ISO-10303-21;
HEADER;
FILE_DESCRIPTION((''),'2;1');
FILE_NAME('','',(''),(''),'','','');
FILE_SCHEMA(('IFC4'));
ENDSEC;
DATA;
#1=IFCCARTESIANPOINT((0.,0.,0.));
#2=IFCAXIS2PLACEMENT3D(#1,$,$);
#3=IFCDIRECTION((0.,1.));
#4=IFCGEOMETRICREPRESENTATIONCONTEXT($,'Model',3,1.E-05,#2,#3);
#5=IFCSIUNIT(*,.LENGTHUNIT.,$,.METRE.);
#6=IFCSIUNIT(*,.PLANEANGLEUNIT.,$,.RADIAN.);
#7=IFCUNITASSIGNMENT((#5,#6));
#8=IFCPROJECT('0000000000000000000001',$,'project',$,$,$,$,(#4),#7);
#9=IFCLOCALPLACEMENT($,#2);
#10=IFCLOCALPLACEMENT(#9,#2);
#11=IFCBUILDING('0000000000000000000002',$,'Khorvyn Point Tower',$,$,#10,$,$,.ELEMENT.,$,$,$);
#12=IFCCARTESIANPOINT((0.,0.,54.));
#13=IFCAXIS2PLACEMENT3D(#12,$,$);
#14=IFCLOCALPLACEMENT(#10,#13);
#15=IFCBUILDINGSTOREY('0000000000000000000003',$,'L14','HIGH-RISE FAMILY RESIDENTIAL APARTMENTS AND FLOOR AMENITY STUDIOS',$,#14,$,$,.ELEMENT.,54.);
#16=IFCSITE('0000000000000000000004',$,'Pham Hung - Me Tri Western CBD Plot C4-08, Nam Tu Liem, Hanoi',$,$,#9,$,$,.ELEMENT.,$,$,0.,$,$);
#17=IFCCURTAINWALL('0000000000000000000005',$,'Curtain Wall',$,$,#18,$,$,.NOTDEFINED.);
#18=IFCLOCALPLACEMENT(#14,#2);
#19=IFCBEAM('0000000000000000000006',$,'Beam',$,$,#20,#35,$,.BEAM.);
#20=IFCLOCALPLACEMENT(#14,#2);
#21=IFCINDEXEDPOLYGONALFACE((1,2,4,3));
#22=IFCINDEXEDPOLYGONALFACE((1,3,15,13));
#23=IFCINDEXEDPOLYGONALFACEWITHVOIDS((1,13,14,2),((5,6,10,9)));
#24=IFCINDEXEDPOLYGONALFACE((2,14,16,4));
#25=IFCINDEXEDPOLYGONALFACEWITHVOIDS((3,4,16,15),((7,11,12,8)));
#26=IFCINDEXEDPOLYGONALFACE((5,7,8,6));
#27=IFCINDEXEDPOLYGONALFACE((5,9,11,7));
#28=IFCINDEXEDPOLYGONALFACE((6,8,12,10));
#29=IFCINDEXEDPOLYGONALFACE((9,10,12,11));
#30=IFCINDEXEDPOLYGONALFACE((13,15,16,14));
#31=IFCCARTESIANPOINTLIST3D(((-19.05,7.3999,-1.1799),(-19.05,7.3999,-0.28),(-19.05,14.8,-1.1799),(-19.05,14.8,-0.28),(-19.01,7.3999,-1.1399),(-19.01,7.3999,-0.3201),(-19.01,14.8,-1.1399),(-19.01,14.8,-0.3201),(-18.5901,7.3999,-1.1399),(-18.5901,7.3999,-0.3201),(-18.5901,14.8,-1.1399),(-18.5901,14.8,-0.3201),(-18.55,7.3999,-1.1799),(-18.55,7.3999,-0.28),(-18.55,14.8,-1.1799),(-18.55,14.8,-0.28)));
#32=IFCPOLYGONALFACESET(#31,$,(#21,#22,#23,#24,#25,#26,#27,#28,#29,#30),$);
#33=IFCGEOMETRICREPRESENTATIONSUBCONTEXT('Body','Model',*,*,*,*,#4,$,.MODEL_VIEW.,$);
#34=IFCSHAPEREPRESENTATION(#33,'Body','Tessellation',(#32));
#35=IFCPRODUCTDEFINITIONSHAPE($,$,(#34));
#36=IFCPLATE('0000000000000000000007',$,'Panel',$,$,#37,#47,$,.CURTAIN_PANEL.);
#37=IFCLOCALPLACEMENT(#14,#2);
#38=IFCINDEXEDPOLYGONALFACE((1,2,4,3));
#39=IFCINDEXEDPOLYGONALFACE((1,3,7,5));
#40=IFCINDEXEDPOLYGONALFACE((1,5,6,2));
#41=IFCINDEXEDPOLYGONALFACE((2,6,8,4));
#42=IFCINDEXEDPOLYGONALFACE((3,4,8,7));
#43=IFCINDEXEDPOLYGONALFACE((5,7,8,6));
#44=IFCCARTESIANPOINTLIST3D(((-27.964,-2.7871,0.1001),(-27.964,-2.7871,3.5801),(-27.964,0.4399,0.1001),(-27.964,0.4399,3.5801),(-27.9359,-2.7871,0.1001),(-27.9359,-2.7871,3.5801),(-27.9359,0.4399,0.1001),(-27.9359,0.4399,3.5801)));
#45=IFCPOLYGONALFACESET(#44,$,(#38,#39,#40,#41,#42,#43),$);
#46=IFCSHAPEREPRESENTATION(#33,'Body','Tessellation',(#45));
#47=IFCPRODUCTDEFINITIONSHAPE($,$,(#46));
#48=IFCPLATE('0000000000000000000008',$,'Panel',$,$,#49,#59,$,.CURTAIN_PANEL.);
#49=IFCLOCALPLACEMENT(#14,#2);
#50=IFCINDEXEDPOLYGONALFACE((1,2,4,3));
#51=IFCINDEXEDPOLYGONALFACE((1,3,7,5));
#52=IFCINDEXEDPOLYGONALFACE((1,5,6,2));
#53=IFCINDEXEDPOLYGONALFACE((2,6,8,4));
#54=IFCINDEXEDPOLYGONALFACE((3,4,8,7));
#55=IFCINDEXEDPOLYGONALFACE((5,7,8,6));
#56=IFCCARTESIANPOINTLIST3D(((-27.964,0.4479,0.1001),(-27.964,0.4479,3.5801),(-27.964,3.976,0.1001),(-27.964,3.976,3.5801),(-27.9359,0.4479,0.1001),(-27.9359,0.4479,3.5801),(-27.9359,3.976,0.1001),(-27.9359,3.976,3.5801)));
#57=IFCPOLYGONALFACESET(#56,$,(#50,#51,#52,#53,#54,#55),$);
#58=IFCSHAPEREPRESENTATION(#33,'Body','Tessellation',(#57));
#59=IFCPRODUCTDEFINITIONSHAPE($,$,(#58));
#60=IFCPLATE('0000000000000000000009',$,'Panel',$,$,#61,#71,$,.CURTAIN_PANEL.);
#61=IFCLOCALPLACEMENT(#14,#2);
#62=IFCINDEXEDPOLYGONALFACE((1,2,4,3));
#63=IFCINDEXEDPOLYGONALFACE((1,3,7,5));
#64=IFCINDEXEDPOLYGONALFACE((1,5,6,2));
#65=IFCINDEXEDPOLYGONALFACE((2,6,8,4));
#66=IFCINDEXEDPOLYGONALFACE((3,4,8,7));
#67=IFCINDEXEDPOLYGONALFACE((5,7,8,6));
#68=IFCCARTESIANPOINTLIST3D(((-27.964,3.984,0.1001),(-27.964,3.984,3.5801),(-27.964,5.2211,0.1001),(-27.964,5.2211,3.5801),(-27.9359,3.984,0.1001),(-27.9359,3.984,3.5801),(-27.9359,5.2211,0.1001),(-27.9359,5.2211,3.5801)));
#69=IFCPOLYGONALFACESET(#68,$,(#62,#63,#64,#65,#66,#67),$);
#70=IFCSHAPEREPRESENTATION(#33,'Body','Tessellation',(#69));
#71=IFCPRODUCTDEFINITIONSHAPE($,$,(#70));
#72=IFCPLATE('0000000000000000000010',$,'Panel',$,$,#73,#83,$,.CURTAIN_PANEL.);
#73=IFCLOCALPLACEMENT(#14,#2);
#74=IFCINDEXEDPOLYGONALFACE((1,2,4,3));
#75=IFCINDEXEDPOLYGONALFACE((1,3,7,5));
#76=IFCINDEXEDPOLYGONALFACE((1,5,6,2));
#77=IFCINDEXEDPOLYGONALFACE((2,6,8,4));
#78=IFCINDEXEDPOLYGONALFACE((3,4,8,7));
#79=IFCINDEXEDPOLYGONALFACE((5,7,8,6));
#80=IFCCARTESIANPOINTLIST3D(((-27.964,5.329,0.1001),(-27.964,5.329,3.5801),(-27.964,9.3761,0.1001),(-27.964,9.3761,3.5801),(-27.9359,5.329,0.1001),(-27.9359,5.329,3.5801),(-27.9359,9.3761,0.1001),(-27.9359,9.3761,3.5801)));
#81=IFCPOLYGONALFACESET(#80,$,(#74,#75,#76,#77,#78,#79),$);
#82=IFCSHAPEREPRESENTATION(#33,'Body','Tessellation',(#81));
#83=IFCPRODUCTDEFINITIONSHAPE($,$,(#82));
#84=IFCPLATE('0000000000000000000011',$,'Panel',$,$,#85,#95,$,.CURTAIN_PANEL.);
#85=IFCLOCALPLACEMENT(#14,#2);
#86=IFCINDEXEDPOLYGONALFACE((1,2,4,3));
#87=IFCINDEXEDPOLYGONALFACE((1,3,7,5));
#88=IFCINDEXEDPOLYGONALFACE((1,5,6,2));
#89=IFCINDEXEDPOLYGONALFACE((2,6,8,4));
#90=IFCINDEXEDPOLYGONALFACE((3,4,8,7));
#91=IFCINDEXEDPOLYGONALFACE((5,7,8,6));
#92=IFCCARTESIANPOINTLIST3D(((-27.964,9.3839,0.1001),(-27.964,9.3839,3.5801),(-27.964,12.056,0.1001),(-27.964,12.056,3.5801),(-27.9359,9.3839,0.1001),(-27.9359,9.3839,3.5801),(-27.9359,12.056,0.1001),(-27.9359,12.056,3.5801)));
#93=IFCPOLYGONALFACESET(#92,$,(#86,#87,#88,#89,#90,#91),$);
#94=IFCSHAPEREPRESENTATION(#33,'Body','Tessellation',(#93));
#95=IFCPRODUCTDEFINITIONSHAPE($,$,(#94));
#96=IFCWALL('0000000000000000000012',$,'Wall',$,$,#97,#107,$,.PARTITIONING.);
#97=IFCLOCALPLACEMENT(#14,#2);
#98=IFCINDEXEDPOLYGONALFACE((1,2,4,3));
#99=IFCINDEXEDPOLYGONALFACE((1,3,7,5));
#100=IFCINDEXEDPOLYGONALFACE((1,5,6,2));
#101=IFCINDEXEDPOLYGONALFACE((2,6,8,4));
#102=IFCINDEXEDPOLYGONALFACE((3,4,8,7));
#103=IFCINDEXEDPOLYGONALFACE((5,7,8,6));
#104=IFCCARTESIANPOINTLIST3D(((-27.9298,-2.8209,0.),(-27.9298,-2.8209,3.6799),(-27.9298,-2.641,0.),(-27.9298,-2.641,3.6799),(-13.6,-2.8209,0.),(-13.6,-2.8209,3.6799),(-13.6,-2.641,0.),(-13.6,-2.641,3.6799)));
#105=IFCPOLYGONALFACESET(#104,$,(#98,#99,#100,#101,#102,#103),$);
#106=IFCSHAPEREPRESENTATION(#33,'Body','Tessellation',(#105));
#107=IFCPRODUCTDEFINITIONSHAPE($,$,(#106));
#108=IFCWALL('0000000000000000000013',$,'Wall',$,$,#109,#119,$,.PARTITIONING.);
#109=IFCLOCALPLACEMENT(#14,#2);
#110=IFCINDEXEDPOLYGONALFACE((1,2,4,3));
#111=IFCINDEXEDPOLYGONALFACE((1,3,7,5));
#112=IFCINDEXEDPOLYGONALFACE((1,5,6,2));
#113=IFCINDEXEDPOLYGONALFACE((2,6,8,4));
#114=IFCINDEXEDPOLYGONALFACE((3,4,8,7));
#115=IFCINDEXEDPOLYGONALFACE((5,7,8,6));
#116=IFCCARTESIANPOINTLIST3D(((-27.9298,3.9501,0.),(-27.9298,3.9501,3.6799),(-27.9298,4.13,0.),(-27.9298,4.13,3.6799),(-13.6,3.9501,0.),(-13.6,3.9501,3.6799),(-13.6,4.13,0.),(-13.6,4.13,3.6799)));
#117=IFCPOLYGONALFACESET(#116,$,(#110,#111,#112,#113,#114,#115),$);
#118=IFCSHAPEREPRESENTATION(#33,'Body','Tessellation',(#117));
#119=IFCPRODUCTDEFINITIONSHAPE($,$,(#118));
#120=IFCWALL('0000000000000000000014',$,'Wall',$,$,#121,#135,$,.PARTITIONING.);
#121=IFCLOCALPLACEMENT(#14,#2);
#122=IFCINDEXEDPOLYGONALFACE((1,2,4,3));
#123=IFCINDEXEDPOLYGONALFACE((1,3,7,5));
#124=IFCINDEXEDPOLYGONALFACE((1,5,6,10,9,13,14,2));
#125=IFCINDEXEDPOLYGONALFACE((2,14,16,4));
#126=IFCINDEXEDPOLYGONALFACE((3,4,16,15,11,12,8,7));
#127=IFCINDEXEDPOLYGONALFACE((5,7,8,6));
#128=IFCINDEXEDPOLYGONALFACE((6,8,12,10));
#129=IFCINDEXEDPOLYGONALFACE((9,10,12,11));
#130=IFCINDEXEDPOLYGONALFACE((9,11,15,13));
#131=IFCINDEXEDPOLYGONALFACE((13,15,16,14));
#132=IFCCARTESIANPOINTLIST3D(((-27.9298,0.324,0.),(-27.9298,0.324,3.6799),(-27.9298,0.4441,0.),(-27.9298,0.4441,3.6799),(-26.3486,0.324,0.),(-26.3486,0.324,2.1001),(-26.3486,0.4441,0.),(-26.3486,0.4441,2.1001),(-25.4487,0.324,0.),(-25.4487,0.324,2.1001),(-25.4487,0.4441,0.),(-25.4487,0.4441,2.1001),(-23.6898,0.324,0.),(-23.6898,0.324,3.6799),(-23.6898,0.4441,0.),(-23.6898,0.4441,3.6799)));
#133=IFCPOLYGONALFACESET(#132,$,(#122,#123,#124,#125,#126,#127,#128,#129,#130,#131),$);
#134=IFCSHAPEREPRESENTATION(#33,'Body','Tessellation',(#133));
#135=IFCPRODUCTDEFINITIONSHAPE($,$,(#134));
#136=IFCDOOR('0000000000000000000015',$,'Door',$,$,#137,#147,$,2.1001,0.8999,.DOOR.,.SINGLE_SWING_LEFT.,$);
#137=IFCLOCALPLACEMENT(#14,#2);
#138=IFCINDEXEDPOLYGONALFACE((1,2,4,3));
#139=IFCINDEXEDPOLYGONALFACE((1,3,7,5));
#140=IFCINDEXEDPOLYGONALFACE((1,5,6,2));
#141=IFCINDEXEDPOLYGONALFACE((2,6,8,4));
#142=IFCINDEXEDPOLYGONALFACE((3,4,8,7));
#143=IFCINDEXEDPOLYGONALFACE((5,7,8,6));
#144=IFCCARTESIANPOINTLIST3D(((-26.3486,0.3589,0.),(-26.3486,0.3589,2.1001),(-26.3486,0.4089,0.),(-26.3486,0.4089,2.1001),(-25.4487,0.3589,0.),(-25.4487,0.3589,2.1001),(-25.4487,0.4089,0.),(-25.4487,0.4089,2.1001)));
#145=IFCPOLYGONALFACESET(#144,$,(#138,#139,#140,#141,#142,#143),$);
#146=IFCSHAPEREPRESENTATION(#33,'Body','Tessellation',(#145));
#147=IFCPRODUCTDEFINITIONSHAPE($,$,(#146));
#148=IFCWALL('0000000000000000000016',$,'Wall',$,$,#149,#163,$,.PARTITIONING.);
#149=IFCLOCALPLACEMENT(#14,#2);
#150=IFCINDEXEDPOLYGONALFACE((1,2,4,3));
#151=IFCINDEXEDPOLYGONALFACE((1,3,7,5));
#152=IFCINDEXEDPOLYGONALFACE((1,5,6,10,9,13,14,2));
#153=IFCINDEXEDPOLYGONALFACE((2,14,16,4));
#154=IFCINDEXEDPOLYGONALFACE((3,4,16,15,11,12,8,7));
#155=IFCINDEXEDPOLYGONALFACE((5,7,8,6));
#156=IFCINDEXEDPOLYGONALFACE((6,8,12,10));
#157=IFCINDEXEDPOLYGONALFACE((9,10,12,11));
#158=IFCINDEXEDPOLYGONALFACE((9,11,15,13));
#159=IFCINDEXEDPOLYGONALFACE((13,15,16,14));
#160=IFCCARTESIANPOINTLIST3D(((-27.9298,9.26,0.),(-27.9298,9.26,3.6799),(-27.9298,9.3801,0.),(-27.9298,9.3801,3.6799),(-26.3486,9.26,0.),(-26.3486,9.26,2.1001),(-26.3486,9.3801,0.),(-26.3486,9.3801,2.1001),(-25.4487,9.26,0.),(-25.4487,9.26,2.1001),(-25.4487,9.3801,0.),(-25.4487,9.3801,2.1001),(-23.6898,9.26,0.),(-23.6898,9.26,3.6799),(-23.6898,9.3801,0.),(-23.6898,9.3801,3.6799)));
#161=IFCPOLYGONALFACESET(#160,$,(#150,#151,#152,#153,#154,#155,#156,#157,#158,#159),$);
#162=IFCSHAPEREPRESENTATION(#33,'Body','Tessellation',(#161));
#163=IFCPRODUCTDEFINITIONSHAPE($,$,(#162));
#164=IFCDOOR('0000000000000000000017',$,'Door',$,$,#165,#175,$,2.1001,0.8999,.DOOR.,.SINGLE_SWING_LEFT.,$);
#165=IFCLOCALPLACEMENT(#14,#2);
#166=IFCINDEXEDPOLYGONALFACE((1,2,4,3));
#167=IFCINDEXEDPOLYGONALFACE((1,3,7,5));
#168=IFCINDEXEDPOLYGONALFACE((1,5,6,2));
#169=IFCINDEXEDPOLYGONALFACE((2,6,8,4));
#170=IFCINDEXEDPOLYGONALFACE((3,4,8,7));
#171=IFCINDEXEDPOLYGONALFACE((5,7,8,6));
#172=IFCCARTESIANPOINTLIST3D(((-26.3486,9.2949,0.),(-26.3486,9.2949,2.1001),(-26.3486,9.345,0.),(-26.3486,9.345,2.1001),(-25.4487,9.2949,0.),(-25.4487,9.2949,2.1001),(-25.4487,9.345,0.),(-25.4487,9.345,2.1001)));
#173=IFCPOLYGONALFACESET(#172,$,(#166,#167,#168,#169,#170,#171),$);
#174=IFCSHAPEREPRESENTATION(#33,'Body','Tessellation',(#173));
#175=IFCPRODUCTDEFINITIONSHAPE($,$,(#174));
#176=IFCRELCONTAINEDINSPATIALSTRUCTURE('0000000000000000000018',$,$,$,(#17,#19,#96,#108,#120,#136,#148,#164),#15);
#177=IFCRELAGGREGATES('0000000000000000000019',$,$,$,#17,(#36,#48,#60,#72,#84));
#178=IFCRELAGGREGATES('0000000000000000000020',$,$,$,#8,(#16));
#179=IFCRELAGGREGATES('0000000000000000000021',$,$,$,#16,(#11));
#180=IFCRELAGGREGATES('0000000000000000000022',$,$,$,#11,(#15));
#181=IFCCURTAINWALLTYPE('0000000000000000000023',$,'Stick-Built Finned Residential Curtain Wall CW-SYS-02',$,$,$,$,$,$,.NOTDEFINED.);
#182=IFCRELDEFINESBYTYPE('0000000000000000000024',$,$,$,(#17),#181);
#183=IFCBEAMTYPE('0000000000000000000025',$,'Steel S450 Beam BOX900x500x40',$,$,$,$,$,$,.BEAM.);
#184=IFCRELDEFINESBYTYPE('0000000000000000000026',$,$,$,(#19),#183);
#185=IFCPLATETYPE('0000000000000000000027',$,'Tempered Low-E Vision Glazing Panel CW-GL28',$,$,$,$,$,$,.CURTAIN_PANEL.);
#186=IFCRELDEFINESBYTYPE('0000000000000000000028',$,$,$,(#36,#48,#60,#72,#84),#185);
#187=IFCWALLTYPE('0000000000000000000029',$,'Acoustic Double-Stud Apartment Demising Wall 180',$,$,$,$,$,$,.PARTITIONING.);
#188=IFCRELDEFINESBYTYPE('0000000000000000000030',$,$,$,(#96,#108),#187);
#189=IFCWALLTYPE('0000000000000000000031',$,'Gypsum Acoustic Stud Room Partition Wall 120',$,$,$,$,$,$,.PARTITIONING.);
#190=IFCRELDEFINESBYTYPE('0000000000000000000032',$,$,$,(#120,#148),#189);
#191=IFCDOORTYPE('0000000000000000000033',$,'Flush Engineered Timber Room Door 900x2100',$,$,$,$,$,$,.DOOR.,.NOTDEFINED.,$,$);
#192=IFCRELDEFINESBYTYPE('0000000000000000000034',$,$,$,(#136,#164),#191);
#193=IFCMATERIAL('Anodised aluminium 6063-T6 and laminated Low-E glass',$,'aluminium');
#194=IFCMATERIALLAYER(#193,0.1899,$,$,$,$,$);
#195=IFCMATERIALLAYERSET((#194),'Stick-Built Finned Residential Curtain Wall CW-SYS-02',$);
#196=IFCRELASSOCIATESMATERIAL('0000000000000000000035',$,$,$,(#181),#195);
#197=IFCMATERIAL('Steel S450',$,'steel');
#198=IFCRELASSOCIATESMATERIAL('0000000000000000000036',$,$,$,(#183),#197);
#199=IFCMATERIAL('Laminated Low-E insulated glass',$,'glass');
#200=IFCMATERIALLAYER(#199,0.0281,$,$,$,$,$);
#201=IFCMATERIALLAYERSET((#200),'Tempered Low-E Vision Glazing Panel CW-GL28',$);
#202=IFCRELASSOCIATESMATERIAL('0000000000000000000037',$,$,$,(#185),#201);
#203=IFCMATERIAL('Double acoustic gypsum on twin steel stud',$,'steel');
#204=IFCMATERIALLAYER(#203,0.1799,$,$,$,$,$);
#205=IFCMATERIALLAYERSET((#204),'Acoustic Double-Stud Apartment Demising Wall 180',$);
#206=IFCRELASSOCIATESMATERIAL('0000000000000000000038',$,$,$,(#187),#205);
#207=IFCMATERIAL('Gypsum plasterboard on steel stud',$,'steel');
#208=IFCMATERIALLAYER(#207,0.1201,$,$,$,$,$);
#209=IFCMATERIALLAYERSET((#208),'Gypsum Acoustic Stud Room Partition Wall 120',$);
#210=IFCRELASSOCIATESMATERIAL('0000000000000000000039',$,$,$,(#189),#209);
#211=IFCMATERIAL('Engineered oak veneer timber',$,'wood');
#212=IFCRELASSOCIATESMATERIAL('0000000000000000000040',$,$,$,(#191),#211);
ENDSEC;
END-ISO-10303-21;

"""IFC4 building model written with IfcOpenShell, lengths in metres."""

from ifc_helpers import new_model, si_unit, direction, frame, frame_2d, origin, origin_2d, place, context, subcontext, project, spatial, rectangle, hollow_rectangle, extrude, material, layer, layer_set, material_profile, profile_set, type_object, element, fill, aggregate, save


model = new_model("IFC4")

# Units and contexts
model_context = context("Model", 3, precision=1e-05, world=origin(), true_north=direction((0.0, 1.0)))
body_context = subcontext(model_context, "Body", "Model", "MODEL_VIEW")
ifc_project = project(units=[si_unit("LENGTHUNIT", "METRE"), si_unit("PLANEANGLEUNIT", "RADIAN")], contexts=[model_context])

# Site, building, storey
site_placement = place(None, origin())
site = spatial("IfcSite", under=ifc_project, at=site_placement, Name="Pham Hung - Me Tri Western CBD Plot C4-08, Nam Tu Liem, Hanoi", CompositionType="ELEMENT", RefElevation=0.0)
building_placement = place(site_placement, origin())
building = spatial("IfcBuilding", under=site, at=building_placement, Name="Khorvyn Point Tower", CompositionType="ELEMENT")
storey_placement = place(building_placement, frame((0.0, 0.0, 54.0)))
storey = spatial("IfcBuildingStorey", under=building, at=storey_placement, Name="L14", Description="HIGH-RISE FAMILY RESIDENTIAL APARTMENTS AND FLOOR AMENITY STUDIOS", CompositionType="ELEMENT", Elevation=54.0)

# Shared definitions
ifc_material_1 = material(Name="Steel S450", Category="steel")

# Curtain wall
ifc_material_2 = material(Name="Anodised aluminium 6063-T6 and laminated Low-E glass", Category="aluminium")
ifc_layer_1 = layer(ifc_material_2, 0.1899)
ifc_layer_set_1 = layer_set([ifc_layer_1], Name="Stick-Built Finned Residential Curtain Wall CW-SYS-02")
curtain_wall_type = type_object("IfcCurtainWallType", Name="Stick-Built Finned Residential Curtain Wall CW-SYS-02", PredefinedType="NOTDEFINED", material=ifc_layer_set_1)
curtain_wall_placement = place(storey_placement, origin())
curtain_wall = element("IfcCurtainWall", 1, at=curtain_wall_placement, inside=storey, type_object=curtain_wall_type, Name="Curtain Wall", PredefinedType="NOTDEFINED")

# Beam
ifc_material_profile_1 = material_profile(ifc_material_1, hollow_rectangle(XDim=0.5, YDim=0.8999, WallThickness=0.04, at=origin_2d()))
ifc_profile_set_1 = profile_set([ifc_material_profile_1], Name="Steel S450 BOX900x500x40")
beam_type_1 = type_object("IfcBeamType", Name="Steel S450 Beam BOX900x500x40", PredefinedType="BEAM", material=ifc_profile_set_1)
beam_1_placement = place(storey_placement, frame((-18.8, 7.3999, -0.73), z_axis=(0.0, 1.0, 0.0), x_axis=(-1.0, 0.0, 0.0)))
element("IfcBeam", 2, at=beam_1_placement, inside=storey, type_object=beam_type_1, Name="Beam", PredefinedType="BEAM", context=body_context, shape_type="SweptSolid", body=[
    extrude(hollow_rectangle(XDim=0.5, YDim=0.8999, WallThickness=0.04, at=origin_2d()), origin(), (0.0, 0.0, 1.0), 7.4001),
])

# Plates
ifc_material_3 = material(Name="Laminated Low-E insulated glass", Category="glass")
ifc_layer_2 = layer(ifc_material_3, 0.0281)
ifc_layer_set_2 = layer_set([ifc_layer_2], Name="Tempered Low-E Vision Glazing Panel CW-GL28")
plate_type = type_object("IfcPlateType", Name="Tempered Low-E Vision Glazing Panel CW-GL28", PredefinedType="CURTAIN_PANEL", material=ifc_layer_set_2)
plate_1_placement = place(storey_placement, frame((-27.95, -1.1736, 0.1001), z_axis=(0.0, 0.0, 1.0), x_axis=(0.0, 1.0, 0.0)))
plate_1 = element("IfcPlate", 3, at=plate_1_placement, type_object=plate_type, Name="Panel", PredefinedType="CURTAIN_PANEL", context=body_context, shape_type="SweptSolid", body=[
    extrude(rectangle(XDim=3.2271, YDim=0.0281, at=origin_2d()), origin(), (0.0, 0.0, 1.0), 3.48),
])
plate_2_placement = place(storey_placement, frame((-27.95, 2.2119, 0.1001), z_axis=(0.0, 0.0, 1.0), x_axis=(0.0, 1.0, 0.0)))
plate_2 = element("IfcPlate", 4, at=plate_2_placement, type_object=plate_type, Name="Panel", PredefinedType="CURTAIN_PANEL", context=body_context, shape_type="SweptSolid", body=[
    extrude(rectangle(XDim=3.5281, YDim=0.0281, at=origin_2d()), origin(), (0.0, 0.0, 1.0), 3.48),
])
plate_3_placement = place(storey_placement, frame((-27.95, 4.6025, 0.1001), z_axis=(0.0, 0.0, 1.0), x_axis=(0.0, 1.0, 0.0)))
plate_3 = element("IfcPlate", 5, at=plate_3_placement, type_object=plate_type, Name="Panel", PredefinedType="CURTAIN_PANEL", context=body_context, shape_type="SweptSolid", body=[
    extrude(rectangle(XDim=1.2371, YDim=0.0281, at=origin_2d()), origin(), (0.0, 0.0, 1.0), 3.48),
])
plate_4_placement = place(storey_placement, frame((-27.95, 7.3525, 0.1001), z_axis=(0.0, 0.0, 1.0), x_axis=(0.0, 1.0, 0.0)))
plate_4 = element("IfcPlate", 6, at=plate_4_placement, type_object=plate_type, Name="Panel", PredefinedType="CURTAIN_PANEL", context=body_context, shape_type="SweptSolid", body=[
    extrude(rectangle(XDim=4.0471, YDim=0.0281, at=origin_2d()), origin(), (0.0, 0.0, 1.0), 3.48),
])
plate_5_placement = place(storey_placement, frame((-27.95, 10.72, 0.1001), z_axis=(0.0, 0.0, 1.0), x_axis=(0.0, 1.0, 0.0)))
plate_5 = element("IfcPlate", 7, at=plate_5_placement, type_object=plate_type, Name="Panel", PredefinedType="CURTAIN_PANEL", context=body_context, shape_type="SweptSolid", body=[
    extrude(rectangle(XDim=2.6721, YDim=0.0281, at=origin_2d()), origin(), (0.0, 0.0, 1.0), 3.48),
])
aggregate(curtain_wall, [plate_1, plate_2, plate_3, plate_4, plate_5])

# Walls
ifc_material_4 = material(Name="Double acoustic gypsum on twin steel stud", Category="steel")
ifc_layer_3 = layer(ifc_material_4, 0.1799)
ifc_layer_set_3 = layer_set([ifc_layer_3], Name="Acoustic Double-Stud Apartment Demising Wall 180")
wall_type_1 = type_object("IfcWallType", Name="Acoustic Double-Stud Apartment Demising Wall 180", PredefinedType="PARTITIONING", material=ifc_layer_set_3)
for number, where, z_axis, x_axis, name in (
    (8, (-27.9299, -2.731, 0.0), (0.0, 0.0, 1.0), (1.0, 0.0, 0.0), "Wall"),
    (9, (-27.9299, 4.04, 0.0), (0.0, 0.0, 1.0), (1.0, 0.0, 0.0), "Wall"),
):
    element("IfcWall", number, at=place(storey_placement, frame(where, z_axis=z_axis, x_axis=x_axis)), inside=storey, type_object=wall_type_1, Name=name, PredefinedType="PARTITIONING", context=body_context, shape_type="SweptSolid", body=[
        extrude(rectangle(XDim=14.3298, YDim=0.1799, at=frame_2d((7.165, 0.0))), origin(), (0.0, 0.0, 1.0), 3.6799),
    ])

# Walls, openings, doors
ifc_material_5 = material(Name="Gypsum plasterboard on steel stud", Category="steel")
ifc_layer_4 = layer(ifc_material_5, 0.1201)
ifc_layer_set_4 = layer_set([ifc_layer_4], Name="Gypsum Acoustic Stud Room Partition Wall 120")
wall_type_2 = type_object("IfcWallType", Name="Gypsum Acoustic Stud Room Partition Wall 120", PredefinedType="PARTITIONING", material=ifc_layer_set_4)
wall_1_placement = place(storey_placement, frame((-27.9299, 0.384, 0.0), z_axis=(0.0, 0.0, 1.0), x_axis=(1.0, 0.0, 0.0)))
wall_1 = element("IfcWall", 10, at=wall_1_placement, inside=storey, type_object=wall_type_2, Name="Wall", PredefinedType="PARTITIONING", context=body_context, shape_type="SweptSolid", body=[
    extrude(rectangle(XDim=4.24, YDim=0.1201, at=frame_2d((2.1201, 0.0))), origin(), (0.0, 0.0, 1.0), 3.6799),
])
opening_1_placement = place(wall_1_placement, frame((1.5813, 0.0, 0.0)))
opening_1 = element("IfcOpeningElement", 11, at=opening_1_placement, cuts=wall_1, PredefinedType="OPENING", context=body_context, shape_type="SweptSolid", body=[
    extrude(rectangle(XDim=0.8999, YDim=2.1001, at=frame_2d((0.45, 1.05))), frame((0.0, 0.0701, 0.0), z_axis=(0.0, -1.0, 0.0), x_axis=(1.0, 0.0, 0.0)), (0.0, 0.0, 1.0), 0.1401),
])
ifc_material_6 = material(Name="Engineered oak veneer timber", Category="wood")
door_type_1 = type_object("IfcDoorType", Name="Flush Engineered Timber Room Door 900x2100", OperationType="NOTDEFINED", PredefinedType="DOOR", material=ifc_material_6)
door_1_placement = place(opening_1_placement, origin())
door_1 = element("IfcDoor", 12, at=door_1_placement, inside=storey, type_object=door_type_1, Name="Door", OperationType="SINGLE_SWING_LEFT", OverallHeight=2.1001, OverallWidth=0.8999, PredefinedType="DOOR", context=body_context, shape_type="SweptSolid", body=[
    extrude(rectangle(XDim=0.8999, YDim=2.1001, at=frame_2d((0.45, 1.05))), frame((0.0, 0.0249, 0.0), z_axis=(0.0, -1.0, 0.0), x_axis=(1.0, 0.0, 0.0)), (0.0, 0.0, 1.0), 0.05),
])
fill(opening_1, door_1)
wall_2_placement = place(storey_placement, frame((-27.9299, 9.3201, 0.0), z_axis=(0.0, 0.0, 1.0), x_axis=(1.0, 0.0, 0.0)))
wall_2 = element("IfcWall", 13, at=wall_2_placement, inside=storey, type_object=wall_type_2, Name="Wall", PredefinedType="PARTITIONING", context=body_context, shape_type="SweptSolid", body=[
    extrude(rectangle(XDim=4.24, YDim=0.1201, at=frame_2d((2.1201, 0.0))), origin(), (0.0, 0.0, 1.0), 3.6799),
])
opening_2_placement = place(wall_2_placement, frame((1.5813, 0.0, 0.0)))
opening_2 = element("IfcOpeningElement", 14, at=opening_2_placement, cuts=wall_2, PredefinedType="OPENING", context=body_context, shape_type="SweptSolid", body=[
    extrude(rectangle(XDim=0.8999, YDim=2.1001, at=frame_2d((0.45, 1.05))), frame((0.0, 0.0701, 0.0), z_axis=(0.0, -1.0, 0.0), x_axis=(1.0, 0.0, 0.0)), (0.0, 0.0, 1.0), 0.1401),
])
door_2_placement = place(opening_2_placement, origin())
door_2 = element("IfcDoor", 15, at=door_2_placement, inside=storey, type_object=door_type_1, Name="Door", OperationType="SINGLE_SWING_LEFT", OverallHeight=2.1001, OverallWidth=0.8999, PredefinedType="DOOR", context=body_context, shape_type="SweptSolid", body=[
    extrude(rectangle(XDim=0.8999, YDim=2.1001, at=frame_2d((0.45, 1.05))), frame((0.0, 0.0249, 0.0), z_axis=(0.0, -1.0, 0.0), x_axis=(1.0, 0.0, 0.0)), (0.0, 0.0, 1.0), 0.05),
])
fill(opening_2, door_2)

save(model, "model.ifc")
